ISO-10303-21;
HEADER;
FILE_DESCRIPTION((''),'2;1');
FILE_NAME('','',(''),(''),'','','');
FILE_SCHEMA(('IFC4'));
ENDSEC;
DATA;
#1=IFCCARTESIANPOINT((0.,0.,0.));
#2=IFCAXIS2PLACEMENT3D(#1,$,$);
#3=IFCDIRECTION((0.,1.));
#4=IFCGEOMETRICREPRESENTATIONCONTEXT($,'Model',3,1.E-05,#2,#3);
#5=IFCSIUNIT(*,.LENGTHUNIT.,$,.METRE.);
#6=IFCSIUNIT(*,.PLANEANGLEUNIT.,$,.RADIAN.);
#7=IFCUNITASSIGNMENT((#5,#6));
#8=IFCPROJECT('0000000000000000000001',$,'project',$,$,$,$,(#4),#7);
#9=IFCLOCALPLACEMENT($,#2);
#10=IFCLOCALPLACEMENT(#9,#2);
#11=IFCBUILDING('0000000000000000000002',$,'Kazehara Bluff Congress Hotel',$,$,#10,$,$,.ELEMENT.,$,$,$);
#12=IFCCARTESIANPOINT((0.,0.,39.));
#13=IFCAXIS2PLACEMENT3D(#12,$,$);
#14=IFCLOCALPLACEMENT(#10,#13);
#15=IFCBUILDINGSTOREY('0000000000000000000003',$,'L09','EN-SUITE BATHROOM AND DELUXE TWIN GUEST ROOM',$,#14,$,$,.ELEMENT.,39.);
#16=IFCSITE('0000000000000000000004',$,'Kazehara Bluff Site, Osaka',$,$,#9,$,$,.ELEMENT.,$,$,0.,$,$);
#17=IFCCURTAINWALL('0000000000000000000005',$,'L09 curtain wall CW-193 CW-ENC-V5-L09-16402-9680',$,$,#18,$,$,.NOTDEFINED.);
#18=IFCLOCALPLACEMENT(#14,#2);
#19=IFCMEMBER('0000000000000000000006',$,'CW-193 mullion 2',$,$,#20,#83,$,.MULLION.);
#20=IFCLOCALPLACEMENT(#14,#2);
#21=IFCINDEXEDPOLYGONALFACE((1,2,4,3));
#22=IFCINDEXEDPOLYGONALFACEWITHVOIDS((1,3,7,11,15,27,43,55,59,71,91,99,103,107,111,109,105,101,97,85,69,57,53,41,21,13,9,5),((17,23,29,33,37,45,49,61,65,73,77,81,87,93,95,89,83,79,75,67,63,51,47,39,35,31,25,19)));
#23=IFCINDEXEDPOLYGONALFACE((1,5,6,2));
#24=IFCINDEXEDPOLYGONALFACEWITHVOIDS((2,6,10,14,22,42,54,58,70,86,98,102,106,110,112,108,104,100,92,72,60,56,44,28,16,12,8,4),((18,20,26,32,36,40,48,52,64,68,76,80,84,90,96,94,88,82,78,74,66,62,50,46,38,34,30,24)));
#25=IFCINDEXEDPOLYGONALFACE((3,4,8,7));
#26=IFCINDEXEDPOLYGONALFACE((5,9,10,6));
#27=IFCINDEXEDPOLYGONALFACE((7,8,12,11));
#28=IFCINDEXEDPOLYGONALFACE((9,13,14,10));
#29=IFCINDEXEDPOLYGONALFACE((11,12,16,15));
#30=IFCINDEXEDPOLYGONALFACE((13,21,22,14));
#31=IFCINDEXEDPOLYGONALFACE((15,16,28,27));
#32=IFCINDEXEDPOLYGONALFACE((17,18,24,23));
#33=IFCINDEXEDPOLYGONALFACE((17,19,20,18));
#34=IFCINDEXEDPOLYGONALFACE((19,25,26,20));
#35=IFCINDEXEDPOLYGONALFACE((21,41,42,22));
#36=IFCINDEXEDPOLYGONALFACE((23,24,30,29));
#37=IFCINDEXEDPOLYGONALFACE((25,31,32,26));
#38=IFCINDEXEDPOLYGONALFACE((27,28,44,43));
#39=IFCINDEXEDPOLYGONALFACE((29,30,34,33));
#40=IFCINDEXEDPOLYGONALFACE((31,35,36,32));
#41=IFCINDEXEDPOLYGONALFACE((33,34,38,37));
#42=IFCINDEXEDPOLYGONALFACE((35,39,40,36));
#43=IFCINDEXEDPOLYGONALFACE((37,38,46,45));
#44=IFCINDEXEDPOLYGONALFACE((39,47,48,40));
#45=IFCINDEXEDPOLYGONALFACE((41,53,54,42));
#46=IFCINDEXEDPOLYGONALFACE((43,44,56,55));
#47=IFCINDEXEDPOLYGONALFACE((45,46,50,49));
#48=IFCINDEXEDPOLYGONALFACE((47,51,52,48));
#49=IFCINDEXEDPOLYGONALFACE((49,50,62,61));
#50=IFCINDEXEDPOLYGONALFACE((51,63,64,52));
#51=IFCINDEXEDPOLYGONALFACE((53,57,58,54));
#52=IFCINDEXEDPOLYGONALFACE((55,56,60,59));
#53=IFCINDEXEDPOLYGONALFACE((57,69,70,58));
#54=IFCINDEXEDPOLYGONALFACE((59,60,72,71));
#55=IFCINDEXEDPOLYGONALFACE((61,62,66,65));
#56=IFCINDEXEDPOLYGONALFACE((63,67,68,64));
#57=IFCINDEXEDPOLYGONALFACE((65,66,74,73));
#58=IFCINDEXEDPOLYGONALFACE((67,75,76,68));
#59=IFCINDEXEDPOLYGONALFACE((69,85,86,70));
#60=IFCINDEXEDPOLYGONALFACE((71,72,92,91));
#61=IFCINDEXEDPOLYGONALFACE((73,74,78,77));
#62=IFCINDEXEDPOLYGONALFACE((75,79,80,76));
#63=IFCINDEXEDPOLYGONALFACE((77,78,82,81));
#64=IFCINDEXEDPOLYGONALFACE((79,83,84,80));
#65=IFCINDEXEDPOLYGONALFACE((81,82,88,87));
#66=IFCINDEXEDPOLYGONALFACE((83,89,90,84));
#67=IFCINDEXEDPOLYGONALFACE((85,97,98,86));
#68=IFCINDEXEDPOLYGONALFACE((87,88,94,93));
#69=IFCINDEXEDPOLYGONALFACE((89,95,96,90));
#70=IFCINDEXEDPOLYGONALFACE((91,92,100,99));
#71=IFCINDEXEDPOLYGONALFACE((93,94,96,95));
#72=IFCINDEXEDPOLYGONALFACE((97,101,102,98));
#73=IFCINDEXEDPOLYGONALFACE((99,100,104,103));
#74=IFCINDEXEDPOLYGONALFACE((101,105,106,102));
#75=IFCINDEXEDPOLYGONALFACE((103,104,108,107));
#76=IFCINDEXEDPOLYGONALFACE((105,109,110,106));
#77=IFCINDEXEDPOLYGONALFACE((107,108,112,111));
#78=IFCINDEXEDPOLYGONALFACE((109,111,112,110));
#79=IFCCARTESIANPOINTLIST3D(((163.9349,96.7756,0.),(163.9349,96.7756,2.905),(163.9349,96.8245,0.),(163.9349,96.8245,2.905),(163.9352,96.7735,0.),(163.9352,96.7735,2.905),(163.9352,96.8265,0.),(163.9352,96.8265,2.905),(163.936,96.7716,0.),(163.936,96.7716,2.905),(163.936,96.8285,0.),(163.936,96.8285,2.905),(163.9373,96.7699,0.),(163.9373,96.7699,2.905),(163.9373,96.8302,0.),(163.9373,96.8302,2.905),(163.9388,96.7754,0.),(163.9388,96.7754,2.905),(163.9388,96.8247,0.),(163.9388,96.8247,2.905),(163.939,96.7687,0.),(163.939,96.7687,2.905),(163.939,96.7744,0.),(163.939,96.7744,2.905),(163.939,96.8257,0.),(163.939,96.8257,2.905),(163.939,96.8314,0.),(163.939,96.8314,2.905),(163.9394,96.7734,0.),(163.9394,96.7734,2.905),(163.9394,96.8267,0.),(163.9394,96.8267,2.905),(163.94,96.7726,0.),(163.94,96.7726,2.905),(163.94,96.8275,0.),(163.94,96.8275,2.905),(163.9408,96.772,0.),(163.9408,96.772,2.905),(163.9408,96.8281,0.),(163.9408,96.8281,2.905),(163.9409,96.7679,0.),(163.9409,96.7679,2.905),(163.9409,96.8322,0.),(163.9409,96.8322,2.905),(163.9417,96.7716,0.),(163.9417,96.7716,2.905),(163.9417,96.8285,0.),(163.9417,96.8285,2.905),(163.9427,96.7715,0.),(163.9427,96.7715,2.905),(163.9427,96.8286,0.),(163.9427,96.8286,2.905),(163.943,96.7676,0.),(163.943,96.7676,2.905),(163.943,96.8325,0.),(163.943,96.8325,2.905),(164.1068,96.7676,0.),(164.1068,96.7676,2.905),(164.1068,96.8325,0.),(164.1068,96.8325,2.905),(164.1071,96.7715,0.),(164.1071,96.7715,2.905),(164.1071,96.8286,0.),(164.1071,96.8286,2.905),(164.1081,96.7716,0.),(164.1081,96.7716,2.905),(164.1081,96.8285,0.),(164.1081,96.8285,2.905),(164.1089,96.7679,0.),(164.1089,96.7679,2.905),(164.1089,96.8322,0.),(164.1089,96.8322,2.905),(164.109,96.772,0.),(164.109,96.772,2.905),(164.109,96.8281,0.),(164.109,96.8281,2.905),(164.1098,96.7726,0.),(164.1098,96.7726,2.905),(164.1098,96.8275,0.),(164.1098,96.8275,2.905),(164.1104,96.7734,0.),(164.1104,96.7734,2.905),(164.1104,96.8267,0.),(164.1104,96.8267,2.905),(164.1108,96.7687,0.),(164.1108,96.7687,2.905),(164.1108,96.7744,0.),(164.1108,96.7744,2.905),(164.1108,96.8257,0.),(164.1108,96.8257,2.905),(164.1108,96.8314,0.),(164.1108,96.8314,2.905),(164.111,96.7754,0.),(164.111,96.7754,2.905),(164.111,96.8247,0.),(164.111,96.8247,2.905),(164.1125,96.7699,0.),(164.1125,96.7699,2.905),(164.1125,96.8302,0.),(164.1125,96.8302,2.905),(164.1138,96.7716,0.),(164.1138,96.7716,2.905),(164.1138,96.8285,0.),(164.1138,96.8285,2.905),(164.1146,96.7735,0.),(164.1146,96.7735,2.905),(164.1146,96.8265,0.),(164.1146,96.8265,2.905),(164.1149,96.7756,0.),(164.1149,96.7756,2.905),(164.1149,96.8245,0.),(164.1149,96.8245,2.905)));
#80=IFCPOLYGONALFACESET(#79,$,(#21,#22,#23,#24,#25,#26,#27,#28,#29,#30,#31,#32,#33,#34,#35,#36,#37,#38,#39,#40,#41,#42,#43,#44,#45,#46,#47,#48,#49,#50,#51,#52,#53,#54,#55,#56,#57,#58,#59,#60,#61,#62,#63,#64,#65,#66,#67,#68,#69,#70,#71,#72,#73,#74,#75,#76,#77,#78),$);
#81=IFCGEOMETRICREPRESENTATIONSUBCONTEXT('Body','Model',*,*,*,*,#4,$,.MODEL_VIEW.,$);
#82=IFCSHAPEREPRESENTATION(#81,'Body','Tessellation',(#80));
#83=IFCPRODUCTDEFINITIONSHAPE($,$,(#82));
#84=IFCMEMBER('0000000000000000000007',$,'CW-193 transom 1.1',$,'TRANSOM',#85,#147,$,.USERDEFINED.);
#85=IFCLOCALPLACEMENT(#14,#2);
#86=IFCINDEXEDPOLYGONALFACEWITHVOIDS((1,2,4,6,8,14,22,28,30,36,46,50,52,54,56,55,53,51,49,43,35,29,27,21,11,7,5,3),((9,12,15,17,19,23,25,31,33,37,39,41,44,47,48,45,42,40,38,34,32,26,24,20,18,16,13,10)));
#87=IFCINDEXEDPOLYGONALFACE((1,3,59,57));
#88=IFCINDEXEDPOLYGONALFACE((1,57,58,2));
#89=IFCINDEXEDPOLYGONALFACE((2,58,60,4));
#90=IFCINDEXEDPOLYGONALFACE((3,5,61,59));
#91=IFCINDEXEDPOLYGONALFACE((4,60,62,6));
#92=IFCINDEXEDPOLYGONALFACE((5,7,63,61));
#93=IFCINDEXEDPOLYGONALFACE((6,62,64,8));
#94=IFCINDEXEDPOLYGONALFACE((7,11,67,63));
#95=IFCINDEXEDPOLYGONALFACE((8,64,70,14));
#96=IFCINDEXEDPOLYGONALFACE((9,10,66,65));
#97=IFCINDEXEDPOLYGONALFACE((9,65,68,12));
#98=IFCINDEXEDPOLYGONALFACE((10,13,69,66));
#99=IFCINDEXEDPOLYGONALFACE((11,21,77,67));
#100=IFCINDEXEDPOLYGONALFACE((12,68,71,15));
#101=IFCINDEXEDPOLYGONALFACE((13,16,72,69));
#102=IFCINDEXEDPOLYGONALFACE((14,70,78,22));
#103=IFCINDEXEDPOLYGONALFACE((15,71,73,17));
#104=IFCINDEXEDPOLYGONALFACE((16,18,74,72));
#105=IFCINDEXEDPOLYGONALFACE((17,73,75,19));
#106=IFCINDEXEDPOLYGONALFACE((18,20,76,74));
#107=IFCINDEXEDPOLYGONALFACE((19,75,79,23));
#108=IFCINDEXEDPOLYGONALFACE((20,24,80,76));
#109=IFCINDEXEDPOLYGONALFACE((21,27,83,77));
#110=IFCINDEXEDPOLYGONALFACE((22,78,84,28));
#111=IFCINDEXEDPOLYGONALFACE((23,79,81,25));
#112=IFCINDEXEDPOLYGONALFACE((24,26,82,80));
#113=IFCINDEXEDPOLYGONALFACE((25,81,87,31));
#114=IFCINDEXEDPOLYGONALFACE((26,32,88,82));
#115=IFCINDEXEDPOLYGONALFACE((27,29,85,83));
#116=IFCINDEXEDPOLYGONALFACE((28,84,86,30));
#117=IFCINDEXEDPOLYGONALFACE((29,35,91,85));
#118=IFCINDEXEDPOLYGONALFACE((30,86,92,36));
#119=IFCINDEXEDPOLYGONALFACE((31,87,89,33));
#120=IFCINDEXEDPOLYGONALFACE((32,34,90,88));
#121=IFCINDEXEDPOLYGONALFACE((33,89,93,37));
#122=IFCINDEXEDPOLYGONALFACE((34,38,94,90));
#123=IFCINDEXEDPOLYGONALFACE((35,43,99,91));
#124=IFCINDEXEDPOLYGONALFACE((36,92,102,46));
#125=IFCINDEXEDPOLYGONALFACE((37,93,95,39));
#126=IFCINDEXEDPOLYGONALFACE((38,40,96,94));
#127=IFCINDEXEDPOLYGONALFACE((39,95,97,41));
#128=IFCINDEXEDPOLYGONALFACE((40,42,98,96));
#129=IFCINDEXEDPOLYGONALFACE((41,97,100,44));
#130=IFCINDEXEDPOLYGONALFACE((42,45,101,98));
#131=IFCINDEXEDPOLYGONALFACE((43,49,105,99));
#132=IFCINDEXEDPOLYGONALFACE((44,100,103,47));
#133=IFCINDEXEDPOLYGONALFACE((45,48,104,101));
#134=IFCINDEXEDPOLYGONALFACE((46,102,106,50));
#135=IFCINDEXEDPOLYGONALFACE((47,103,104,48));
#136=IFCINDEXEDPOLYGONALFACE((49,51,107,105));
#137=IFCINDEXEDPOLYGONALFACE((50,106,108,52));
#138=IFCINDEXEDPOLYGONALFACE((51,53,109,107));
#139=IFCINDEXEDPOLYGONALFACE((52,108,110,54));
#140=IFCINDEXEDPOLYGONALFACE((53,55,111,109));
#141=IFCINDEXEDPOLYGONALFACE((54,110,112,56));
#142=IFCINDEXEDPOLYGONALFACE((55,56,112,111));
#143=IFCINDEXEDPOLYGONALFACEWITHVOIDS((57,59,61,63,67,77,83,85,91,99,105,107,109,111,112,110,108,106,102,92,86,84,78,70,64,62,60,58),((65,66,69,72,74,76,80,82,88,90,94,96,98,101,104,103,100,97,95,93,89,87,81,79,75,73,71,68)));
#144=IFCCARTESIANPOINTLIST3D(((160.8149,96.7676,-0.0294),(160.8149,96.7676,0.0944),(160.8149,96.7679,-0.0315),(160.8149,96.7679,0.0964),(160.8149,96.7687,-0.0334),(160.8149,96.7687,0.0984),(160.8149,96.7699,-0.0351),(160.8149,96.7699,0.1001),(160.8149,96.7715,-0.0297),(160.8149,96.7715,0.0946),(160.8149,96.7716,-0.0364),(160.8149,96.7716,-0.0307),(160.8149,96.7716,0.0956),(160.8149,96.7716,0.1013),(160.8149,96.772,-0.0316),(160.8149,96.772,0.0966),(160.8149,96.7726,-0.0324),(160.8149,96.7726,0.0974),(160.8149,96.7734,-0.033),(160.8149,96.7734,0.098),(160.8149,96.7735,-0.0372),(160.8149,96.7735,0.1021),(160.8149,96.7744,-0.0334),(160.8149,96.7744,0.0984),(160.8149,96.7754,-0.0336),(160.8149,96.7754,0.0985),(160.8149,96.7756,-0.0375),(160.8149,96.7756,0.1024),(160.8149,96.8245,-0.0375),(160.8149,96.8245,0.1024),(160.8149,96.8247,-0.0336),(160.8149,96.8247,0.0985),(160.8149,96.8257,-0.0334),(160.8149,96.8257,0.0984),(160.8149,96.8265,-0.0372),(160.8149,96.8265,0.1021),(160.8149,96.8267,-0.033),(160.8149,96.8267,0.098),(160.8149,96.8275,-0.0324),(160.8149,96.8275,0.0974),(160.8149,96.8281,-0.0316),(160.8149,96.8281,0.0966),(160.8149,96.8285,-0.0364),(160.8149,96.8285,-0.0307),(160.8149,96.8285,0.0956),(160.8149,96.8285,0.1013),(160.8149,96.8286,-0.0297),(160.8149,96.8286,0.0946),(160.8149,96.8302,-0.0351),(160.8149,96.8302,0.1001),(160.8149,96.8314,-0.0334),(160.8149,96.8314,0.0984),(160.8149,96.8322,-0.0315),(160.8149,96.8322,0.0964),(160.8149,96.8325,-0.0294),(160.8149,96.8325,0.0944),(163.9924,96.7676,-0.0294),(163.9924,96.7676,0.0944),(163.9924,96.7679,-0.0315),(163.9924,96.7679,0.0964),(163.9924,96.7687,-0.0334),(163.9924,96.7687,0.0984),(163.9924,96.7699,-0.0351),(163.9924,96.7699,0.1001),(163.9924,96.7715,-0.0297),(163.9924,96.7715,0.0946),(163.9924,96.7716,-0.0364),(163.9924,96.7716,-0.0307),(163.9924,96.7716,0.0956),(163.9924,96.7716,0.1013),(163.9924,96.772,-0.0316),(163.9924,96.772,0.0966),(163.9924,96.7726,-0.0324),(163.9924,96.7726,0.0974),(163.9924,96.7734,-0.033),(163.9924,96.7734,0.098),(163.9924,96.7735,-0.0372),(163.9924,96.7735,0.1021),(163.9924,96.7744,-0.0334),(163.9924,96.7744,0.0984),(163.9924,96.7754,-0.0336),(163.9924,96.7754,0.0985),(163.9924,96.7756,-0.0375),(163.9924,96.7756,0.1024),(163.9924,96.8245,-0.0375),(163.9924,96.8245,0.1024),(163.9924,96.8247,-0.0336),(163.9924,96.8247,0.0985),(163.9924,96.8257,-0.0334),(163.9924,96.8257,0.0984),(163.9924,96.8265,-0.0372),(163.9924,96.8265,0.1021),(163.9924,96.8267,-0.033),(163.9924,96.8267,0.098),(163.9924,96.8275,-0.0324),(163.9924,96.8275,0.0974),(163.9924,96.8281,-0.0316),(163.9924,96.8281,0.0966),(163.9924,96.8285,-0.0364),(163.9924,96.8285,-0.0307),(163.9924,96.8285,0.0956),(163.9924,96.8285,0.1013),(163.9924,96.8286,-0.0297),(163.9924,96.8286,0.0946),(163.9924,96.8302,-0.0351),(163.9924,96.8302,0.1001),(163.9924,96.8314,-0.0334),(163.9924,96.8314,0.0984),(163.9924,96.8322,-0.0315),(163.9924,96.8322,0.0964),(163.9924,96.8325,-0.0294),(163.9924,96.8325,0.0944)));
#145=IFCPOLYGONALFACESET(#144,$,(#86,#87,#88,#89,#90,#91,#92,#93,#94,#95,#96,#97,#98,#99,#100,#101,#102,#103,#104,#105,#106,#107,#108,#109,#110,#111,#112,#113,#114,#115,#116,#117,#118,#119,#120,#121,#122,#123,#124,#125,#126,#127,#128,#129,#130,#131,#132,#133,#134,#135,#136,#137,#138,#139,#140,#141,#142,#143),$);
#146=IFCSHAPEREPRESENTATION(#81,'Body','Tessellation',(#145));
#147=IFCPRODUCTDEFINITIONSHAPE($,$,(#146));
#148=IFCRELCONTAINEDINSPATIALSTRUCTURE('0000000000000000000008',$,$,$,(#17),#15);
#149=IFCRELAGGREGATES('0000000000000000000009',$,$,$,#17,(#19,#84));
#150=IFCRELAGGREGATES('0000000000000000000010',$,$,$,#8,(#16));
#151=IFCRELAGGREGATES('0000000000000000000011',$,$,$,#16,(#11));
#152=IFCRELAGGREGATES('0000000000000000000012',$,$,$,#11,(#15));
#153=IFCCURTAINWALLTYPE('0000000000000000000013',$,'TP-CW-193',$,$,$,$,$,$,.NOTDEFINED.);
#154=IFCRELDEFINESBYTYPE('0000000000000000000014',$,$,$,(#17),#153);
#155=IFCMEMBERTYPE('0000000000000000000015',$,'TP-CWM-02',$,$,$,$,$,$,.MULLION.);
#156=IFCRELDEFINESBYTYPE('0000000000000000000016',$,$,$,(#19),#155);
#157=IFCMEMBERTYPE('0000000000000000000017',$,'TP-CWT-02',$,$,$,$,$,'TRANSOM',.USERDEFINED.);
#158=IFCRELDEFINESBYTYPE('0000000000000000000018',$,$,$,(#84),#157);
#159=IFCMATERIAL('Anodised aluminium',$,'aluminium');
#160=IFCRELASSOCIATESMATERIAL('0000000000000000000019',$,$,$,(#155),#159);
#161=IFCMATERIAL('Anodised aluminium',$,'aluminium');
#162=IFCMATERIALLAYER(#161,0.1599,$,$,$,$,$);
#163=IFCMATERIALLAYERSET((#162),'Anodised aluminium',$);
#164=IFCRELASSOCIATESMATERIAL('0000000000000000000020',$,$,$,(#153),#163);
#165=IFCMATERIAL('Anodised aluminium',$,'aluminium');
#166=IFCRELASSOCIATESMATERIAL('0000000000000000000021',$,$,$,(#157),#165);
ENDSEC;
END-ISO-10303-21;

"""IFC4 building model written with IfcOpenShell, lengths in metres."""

from ifc_helpers import new_model, si_unit, direction, frame, origin, origin_2d, place, context, subcontext, project, spatial, hollow_rectangle, extrude, material, layer, layer_set, material_profile, profile_set, type_object, element, aggregate, save


model = new_model("IFC4")

# Units and contexts
model_context = context("Model", 3, precision=1e-05, world=origin(), true_north=direction((0.0, 1.0)))
body_context = subcontext(model_context, "Body", "Model", "MODEL_VIEW")
ifc_project = project(units=[si_unit("LENGTHUNIT", "METRE"), si_unit("PLANEANGLEUNIT", "RADIAN")], contexts=[model_context])

# Site, building, storey
site_placement = place(None, origin())
site = spatial("IfcSite", under=ifc_project, at=site_placement, Name="Kazehara Bluff Site, Osaka", CompositionType="ELEMENT", RefElevation=0.0)
building_placement = place(site_placement, origin())
building = spatial("IfcBuilding", under=site, at=building_placement, Name="Kazehara Bluff Congress Hotel", CompositionType="ELEMENT")
storey_placement = place(building_placement, frame((0.0, 0.0, 39.0)))
storey = spatial("IfcBuildingStorey", under=building, at=storey_placement, Name="L09", Description="EN-SUITE BATHROOM AND DELUXE TWIN GUEST ROOM", CompositionType="ELEMENT", Elevation=39.0)

# Shared definitions
ifc_material_1 = material(Name="Anodised aluminium", Category="aluminium")
ifc_material_profile_1 = material_profile(ifc_material_1, hollow_rectangle(XDim=0.0649, YDim=0.1799, WallThickness=0.0039, InnerFilletRadius=0.0039, OuterFilletRadius=0.0081, at=origin_2d()))
ifc_profile_set_1 = profile_set([ifc_material_profile_1], Name="Anodised aluminium")
member_type_1 = type_object("IfcMemberType", Name="TP-CWM-02", PredefinedType="MULLION", material=ifc_profile_set_1)

# Curtain wall, members
ifc_material_2 = material(Name="Anodised aluminium", Category="aluminium")
ifc_layer_1 = layer(ifc_material_2, 0.1599)
ifc_layer_set_1 = layer_set([ifc_layer_1], Name="Anodised aluminium")
curtain_wall_type_1 = type_object("IfcCurtainWallType", Name="TP-CW-193", PredefinedType="NOTDEFINED", material=ifc_layer_set_1)
curtain_wall_1_placement = place(storey_placement, origin())
curtain_wall_1 = element("IfcCurtainWall", 1, at=curtain_wall_1_placement, inside=storey, type_object=curtain_wall_type_1, Name="L09 curtain wall CW-193 CW-ENC-V5-L09-16402-9680", PredefinedType="NOTDEFINED")
member_1_placement = place(storey_placement, frame((164.0249, 96.8, 0.0), z_axis=(0.0, 0.0, 1.0), x_axis=(0.0, 1.0, 0.0)))
member_1 = element("IfcMember", 2, at=member_1_placement, type_object=member_type_1, Name="CW-193 mullion 2", PredefinedType="MULLION", context=body_context, shape_type="SweptSolid", body=[
    extrude(hollow_rectangle(XDim=0.0649, YDim=0.1799, WallThickness=0.0039, InnerFilletRadius=0.0039, OuterFilletRadius=0.0081, at=origin_2d()), origin(), (0.0, 0.0, 1.0), 2.905),
])
ifc_material_3 = material(Name="Anodised aluminium", Category="aluminium")
ifc_material_profile_2 = material_profile(ifc_material_3, hollow_rectangle(XDim=0.0649, YDim=0.1399, WallThickness=0.0039, InnerFilletRadius=0.0039, OuterFilletRadius=0.0081, at=origin_2d()))
ifc_profile_set_2 = profile_set([ifc_material_profile_2], Name="Anodised aluminium")
member_type_2 = type_object("IfcMemberType", Name="TP-CWT-02", ElementType="TRANSOM", PredefinedType="USERDEFINED", material=ifc_profile_set_2)
member_2_placement = place(storey_placement, frame((160.8149, 96.8, 0.0325), z_axis=(1.0, 0.0, 0.0), x_axis=(0.0, 1.0, 0.0)))
member_2 = element("IfcMember", 3, at=member_2_placement, type_object=member_type_2, Name="CW-193 transom 1.1", ObjectType="TRANSOM", PredefinedType="USERDEFINED", context=body_context, shape_type="SweptSolid", body=[
    extrude(hollow_rectangle(XDim=0.0649, YDim=0.1399, WallThickness=0.0039, InnerFilletRadius=0.0039, OuterFilletRadius=0.0081, at=origin_2d()), origin(), (0.0, 0.0, 1.0), 3.1775),
])

aggregate(curtain_wall_1, [member_1, member_2])

save(model, "model.ifc")
